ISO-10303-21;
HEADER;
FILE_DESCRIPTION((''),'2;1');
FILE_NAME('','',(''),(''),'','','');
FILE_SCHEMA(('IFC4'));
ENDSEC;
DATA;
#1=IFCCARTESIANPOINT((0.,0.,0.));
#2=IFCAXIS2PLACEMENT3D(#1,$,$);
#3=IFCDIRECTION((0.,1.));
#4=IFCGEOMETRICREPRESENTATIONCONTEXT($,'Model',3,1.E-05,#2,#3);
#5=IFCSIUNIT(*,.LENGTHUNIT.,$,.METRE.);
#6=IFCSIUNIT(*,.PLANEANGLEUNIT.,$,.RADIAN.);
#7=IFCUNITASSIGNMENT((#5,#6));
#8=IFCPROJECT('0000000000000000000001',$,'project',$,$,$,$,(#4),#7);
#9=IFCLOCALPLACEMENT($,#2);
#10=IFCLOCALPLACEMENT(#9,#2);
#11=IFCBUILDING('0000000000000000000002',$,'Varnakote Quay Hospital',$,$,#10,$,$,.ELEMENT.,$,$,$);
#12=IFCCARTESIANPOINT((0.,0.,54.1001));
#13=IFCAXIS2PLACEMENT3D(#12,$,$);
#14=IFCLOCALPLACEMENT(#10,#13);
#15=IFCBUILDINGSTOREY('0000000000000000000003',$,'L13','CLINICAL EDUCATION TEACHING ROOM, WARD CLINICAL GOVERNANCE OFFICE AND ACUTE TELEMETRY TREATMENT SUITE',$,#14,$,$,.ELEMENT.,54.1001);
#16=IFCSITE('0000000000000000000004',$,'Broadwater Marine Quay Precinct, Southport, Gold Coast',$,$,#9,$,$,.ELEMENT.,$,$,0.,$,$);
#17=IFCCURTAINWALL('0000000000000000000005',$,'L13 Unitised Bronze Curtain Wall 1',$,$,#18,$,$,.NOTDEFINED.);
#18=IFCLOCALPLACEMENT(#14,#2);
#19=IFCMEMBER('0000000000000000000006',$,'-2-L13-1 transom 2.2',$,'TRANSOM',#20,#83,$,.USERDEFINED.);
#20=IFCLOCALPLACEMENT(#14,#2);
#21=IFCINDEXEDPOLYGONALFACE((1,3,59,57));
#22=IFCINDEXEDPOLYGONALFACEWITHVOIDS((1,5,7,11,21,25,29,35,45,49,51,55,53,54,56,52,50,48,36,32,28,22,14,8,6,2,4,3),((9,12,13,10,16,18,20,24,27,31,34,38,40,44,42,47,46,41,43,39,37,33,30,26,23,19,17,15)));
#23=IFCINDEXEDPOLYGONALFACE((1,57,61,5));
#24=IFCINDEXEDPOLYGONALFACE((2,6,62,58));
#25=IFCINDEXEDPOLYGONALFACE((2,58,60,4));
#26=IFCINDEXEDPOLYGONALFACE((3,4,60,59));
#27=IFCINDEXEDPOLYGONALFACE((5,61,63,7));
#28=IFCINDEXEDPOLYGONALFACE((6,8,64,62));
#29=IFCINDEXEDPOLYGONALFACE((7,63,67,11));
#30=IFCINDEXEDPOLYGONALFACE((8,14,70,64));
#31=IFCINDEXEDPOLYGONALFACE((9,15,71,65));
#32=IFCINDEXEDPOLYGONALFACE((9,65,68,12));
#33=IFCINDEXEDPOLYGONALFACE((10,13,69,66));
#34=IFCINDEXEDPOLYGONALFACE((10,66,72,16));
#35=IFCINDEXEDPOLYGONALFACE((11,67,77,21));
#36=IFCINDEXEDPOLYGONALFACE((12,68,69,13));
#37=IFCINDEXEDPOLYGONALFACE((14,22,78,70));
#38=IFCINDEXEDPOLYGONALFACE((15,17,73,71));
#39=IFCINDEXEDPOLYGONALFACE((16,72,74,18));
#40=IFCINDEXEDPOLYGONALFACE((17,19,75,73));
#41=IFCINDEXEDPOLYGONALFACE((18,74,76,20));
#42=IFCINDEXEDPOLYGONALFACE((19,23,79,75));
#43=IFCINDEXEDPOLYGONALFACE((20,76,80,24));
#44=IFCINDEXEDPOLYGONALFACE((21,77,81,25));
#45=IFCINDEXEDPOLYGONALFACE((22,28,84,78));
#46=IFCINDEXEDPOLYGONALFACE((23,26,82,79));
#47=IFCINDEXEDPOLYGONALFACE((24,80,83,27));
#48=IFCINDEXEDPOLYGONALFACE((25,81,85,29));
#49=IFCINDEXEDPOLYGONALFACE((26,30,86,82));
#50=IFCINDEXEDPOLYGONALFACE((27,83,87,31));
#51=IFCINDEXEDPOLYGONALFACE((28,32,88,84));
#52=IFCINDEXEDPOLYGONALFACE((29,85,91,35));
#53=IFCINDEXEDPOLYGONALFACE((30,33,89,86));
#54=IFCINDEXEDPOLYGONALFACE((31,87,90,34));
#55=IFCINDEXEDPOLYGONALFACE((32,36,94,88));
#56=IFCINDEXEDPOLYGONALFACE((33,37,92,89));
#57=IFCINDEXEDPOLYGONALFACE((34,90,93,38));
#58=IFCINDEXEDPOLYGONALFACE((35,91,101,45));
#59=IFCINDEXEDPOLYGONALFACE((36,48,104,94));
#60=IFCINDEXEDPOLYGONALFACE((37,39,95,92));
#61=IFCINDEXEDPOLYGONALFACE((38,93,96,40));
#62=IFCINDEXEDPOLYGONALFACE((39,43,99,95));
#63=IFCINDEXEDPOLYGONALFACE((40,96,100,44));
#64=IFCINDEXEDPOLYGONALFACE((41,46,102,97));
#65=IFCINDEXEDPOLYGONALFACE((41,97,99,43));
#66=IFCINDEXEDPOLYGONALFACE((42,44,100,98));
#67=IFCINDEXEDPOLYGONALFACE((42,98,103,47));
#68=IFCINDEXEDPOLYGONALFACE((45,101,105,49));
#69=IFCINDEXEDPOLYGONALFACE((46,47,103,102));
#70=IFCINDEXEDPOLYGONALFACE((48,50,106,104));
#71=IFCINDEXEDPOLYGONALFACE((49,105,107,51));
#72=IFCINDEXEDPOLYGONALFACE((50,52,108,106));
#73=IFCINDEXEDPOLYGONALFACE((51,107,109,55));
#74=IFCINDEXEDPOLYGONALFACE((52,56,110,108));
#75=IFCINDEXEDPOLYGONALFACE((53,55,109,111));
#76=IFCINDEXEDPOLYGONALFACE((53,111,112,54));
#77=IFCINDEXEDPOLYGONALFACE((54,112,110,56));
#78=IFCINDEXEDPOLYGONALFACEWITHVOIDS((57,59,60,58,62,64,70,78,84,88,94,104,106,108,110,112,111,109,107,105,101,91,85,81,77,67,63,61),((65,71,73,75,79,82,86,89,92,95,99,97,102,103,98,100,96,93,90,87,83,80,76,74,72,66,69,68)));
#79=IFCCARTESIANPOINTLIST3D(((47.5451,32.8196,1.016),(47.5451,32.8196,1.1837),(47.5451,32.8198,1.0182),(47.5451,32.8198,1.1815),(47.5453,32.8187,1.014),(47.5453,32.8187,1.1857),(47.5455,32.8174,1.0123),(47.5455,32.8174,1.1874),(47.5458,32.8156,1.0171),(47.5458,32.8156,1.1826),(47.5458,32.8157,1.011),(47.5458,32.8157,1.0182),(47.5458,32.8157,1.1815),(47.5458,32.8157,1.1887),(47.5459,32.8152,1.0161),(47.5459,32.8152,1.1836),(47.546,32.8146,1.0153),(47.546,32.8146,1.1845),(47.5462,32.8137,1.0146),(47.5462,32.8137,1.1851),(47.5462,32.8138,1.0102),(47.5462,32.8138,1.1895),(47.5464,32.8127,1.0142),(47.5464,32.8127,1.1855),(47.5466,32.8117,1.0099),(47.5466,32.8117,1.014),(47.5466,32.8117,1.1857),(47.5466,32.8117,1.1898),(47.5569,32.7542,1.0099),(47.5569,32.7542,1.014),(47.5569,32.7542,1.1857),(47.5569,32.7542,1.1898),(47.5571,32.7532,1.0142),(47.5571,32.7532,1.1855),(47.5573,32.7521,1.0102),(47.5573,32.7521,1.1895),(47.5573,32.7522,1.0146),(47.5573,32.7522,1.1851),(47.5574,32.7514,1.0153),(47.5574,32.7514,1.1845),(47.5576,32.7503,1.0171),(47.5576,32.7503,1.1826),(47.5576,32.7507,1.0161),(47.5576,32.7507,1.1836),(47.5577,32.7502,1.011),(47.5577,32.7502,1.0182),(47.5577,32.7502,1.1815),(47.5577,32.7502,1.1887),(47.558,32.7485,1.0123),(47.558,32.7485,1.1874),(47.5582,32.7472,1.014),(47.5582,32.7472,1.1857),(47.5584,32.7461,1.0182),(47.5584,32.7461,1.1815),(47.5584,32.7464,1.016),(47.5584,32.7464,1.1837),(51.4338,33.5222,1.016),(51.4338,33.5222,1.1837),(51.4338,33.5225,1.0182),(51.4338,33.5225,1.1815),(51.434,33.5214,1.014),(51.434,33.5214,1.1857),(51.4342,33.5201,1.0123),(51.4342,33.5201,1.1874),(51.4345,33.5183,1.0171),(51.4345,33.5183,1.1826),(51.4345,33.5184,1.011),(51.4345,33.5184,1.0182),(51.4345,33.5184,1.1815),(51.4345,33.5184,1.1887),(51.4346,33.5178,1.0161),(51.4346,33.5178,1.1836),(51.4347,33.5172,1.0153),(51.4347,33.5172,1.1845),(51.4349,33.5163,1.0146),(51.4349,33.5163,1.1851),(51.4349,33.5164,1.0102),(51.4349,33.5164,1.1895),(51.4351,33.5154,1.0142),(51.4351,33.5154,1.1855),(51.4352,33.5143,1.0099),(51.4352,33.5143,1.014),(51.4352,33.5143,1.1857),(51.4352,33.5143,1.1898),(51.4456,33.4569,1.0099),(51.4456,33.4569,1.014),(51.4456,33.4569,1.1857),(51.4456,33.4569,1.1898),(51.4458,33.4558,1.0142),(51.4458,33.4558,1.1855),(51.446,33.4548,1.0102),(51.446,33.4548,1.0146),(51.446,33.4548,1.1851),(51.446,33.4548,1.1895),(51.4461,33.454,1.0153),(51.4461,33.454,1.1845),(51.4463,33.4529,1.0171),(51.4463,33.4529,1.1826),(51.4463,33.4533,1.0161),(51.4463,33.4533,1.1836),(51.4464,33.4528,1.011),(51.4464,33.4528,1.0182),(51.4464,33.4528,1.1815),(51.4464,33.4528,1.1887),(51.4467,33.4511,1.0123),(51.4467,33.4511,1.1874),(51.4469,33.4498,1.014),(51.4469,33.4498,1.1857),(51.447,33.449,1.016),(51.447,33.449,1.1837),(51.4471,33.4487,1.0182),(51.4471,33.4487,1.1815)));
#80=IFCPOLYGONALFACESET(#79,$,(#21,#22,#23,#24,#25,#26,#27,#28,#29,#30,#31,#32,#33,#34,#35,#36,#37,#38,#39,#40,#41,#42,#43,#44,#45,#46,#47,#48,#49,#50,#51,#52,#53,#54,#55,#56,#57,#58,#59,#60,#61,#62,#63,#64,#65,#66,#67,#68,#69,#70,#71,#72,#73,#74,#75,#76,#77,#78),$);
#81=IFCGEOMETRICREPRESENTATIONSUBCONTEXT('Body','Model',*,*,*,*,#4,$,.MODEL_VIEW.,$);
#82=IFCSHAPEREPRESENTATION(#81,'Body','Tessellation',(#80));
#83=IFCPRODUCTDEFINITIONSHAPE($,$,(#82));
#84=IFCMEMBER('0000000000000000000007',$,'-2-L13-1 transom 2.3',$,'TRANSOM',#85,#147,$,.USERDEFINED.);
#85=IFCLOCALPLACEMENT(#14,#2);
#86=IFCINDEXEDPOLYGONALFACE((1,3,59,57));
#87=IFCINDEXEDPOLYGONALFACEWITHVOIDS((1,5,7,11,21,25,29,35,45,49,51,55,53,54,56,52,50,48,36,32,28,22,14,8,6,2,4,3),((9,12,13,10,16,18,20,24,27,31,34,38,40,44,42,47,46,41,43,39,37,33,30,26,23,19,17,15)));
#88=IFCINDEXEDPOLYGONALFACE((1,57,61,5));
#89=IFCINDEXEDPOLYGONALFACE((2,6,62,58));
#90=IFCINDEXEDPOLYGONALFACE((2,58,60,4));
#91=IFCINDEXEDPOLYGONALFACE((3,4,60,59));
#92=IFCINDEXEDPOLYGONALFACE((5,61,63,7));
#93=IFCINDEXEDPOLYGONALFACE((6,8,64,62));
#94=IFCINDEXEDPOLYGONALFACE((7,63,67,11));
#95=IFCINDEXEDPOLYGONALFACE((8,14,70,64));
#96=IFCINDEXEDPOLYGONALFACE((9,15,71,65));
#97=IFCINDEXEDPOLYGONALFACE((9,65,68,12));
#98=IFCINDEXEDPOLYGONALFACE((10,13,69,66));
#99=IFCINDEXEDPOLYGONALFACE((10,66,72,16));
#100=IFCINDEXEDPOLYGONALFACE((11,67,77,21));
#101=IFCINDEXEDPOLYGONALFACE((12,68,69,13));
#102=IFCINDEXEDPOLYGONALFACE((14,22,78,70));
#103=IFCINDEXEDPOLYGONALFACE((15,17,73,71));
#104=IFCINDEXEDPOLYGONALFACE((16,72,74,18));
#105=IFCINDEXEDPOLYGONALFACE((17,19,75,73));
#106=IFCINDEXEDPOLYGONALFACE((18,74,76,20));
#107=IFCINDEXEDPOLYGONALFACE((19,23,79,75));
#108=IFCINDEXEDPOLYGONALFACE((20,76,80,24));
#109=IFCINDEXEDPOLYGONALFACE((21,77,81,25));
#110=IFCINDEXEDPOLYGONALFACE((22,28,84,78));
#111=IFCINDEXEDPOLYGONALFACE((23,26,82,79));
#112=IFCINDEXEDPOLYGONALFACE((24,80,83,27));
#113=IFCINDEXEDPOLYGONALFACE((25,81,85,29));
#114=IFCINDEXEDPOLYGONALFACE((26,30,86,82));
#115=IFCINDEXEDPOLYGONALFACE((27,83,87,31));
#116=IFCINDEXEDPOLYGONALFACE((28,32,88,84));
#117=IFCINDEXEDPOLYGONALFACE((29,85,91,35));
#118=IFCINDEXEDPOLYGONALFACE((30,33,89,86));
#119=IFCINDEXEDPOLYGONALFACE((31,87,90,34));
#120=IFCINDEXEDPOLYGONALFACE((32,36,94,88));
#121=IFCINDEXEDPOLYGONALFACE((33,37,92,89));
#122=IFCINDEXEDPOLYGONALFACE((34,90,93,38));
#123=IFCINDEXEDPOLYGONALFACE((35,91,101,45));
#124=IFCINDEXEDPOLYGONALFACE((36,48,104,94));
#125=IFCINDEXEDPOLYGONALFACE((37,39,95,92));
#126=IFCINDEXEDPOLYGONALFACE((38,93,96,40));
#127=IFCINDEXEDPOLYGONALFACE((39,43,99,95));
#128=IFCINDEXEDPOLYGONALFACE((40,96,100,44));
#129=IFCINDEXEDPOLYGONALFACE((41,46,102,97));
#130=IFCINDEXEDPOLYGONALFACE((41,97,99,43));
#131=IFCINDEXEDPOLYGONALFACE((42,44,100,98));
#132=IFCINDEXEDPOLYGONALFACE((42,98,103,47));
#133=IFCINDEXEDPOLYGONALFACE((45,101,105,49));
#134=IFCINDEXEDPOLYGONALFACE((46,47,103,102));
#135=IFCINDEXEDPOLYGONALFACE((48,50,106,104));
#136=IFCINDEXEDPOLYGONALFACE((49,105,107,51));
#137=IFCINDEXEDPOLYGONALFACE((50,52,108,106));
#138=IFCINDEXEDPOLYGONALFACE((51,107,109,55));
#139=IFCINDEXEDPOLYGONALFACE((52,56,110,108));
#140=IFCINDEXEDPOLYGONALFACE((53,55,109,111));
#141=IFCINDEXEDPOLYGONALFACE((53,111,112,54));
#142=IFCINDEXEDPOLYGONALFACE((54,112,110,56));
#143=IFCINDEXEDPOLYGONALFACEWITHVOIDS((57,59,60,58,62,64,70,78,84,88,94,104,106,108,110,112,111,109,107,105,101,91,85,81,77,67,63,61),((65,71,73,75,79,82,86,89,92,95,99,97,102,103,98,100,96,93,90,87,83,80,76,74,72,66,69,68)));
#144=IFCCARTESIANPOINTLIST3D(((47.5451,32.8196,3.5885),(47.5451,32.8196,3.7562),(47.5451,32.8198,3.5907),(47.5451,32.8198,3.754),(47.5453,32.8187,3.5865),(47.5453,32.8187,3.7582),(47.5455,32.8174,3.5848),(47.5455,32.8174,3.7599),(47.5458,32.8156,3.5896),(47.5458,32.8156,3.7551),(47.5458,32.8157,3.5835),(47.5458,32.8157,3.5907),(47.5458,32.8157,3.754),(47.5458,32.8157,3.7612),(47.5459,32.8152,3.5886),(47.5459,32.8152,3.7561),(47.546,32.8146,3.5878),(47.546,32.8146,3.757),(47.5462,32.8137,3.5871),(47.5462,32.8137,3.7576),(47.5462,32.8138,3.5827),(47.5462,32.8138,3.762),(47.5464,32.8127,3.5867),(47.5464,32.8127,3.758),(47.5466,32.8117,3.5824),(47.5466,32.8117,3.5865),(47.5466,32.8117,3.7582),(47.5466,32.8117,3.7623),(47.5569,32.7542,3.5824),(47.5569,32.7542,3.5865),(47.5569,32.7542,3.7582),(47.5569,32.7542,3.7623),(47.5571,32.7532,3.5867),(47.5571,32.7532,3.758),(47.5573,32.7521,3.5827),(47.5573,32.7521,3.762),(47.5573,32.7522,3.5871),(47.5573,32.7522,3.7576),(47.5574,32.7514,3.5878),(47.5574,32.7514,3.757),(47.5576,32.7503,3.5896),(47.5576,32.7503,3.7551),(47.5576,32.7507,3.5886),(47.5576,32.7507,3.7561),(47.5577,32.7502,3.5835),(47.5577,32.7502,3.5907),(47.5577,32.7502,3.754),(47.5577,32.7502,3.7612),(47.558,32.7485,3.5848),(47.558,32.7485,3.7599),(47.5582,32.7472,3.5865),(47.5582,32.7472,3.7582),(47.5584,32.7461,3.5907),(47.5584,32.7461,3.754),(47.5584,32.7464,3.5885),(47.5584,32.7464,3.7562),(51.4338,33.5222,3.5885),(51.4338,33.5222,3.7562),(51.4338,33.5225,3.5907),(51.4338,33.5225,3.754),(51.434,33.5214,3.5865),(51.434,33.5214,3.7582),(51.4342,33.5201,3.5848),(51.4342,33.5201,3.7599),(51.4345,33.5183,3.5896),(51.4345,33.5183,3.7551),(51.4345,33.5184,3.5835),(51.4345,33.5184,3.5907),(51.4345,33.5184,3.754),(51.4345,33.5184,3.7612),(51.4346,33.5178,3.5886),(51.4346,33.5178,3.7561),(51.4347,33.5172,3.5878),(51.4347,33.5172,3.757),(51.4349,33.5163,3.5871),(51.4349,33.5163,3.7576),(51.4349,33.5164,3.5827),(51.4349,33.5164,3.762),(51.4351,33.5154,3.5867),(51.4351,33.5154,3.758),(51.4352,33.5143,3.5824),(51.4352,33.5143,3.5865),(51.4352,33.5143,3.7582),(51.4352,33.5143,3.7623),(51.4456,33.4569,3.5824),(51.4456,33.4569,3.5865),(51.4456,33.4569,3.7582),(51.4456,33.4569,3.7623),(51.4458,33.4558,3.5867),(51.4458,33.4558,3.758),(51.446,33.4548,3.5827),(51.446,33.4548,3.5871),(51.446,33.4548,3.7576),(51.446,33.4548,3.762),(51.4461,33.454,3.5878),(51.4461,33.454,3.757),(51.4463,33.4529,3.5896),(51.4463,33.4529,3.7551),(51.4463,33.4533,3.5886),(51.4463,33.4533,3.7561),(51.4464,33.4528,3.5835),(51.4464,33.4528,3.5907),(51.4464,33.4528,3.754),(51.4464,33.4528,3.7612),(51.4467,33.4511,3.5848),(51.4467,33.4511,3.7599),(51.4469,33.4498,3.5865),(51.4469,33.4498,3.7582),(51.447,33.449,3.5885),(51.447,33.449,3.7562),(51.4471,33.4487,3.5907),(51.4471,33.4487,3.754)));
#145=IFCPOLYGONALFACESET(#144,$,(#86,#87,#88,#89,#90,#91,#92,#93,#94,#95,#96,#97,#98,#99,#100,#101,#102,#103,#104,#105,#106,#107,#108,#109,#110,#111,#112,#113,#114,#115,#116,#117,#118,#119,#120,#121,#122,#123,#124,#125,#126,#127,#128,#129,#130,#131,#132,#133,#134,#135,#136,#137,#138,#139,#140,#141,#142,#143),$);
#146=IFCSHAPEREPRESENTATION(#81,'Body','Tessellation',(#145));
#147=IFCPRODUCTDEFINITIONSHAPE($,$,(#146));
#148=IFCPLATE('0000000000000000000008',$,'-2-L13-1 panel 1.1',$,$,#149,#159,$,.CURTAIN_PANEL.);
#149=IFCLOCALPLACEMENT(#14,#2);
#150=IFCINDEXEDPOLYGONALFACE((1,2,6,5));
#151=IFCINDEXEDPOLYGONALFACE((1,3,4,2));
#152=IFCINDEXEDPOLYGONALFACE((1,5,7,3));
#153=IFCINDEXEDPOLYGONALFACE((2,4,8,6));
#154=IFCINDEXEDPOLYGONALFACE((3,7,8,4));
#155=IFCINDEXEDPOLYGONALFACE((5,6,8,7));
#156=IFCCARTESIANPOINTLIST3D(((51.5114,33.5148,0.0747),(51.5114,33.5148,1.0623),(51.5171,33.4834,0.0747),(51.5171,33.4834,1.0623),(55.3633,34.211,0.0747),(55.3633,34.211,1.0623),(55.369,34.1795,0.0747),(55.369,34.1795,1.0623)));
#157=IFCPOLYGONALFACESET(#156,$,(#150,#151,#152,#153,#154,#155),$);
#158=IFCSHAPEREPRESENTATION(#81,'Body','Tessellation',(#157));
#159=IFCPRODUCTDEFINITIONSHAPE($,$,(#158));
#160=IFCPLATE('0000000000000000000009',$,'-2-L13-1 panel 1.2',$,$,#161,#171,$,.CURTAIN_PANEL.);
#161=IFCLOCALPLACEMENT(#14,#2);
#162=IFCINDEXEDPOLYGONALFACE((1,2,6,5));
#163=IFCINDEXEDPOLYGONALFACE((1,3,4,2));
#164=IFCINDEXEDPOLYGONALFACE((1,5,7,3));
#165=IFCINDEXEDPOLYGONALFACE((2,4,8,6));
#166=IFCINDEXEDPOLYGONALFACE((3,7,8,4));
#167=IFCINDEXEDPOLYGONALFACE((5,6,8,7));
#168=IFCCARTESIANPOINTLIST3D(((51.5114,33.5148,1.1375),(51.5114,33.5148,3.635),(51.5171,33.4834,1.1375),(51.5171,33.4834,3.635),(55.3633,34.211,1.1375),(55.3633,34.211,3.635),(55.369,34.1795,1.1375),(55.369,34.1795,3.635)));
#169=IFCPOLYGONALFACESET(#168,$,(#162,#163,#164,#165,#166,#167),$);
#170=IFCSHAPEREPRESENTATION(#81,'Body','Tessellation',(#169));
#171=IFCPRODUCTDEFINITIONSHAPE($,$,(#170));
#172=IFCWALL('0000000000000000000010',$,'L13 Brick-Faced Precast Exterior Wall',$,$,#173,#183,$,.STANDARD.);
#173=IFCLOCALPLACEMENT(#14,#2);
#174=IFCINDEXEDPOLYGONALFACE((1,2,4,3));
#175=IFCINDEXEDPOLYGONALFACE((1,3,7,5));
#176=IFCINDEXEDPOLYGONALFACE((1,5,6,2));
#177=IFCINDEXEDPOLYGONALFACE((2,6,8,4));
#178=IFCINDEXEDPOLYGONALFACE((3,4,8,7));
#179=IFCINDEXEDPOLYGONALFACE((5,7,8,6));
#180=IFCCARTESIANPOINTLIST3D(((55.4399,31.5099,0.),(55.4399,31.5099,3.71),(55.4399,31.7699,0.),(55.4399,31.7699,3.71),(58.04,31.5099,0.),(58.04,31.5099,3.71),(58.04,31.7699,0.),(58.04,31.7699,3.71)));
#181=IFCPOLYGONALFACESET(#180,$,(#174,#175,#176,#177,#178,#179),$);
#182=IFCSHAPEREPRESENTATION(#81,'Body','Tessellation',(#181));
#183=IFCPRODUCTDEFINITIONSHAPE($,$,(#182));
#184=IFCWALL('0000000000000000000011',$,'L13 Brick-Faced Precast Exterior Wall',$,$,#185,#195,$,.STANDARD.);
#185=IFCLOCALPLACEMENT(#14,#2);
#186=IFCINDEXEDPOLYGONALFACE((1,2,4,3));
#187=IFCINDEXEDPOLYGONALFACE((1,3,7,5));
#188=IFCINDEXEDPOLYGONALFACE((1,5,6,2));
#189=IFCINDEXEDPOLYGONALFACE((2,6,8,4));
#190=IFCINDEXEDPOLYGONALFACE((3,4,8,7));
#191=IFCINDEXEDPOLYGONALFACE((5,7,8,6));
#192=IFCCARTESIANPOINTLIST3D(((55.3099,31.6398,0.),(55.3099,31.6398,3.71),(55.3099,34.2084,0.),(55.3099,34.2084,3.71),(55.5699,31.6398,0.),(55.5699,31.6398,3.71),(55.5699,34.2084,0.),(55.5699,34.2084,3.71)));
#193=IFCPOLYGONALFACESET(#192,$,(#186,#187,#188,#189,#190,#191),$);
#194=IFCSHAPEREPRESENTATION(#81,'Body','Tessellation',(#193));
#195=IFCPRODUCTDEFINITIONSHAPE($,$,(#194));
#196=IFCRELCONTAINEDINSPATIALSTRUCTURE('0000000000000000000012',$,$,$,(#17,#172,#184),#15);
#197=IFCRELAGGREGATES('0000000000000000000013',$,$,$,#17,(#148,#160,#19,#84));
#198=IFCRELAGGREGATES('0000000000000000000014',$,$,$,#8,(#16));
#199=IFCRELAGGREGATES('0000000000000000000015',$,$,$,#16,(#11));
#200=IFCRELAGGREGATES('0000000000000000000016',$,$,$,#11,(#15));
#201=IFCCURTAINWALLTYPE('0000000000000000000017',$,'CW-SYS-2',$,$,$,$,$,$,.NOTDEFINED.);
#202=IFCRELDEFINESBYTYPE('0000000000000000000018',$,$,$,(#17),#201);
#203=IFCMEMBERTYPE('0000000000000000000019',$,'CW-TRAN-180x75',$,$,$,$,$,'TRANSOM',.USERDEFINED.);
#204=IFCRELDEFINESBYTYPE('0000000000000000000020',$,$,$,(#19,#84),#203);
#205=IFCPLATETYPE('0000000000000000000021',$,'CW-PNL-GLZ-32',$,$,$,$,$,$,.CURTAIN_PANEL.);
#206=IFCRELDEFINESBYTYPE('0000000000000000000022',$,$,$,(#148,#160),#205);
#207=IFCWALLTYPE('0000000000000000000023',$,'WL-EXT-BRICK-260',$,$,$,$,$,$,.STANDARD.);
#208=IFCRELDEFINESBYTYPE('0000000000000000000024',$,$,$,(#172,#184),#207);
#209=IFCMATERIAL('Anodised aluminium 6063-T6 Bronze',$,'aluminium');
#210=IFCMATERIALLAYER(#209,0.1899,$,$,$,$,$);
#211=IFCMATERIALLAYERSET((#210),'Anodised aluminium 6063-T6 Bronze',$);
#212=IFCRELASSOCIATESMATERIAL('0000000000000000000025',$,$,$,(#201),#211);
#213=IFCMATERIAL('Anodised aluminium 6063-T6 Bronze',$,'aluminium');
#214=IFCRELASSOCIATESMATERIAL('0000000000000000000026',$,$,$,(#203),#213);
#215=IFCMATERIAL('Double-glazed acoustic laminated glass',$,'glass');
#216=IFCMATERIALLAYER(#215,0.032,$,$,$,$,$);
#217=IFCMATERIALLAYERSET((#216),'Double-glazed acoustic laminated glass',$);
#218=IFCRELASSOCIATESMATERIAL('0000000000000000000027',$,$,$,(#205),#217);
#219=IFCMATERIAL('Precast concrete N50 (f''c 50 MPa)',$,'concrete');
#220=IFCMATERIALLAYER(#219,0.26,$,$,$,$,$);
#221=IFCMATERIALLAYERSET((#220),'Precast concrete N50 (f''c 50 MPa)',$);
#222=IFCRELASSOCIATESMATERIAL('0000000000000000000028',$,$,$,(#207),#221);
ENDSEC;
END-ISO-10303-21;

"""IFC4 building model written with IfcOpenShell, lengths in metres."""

from ifc_helpers import new_model, si_unit, direction, frame, frame_2d, origin, origin_2d, place, context, subcontext, project, spatial, rectangle, hollow_rectangle, extrude, material, layer, layer_set, material_profile, profile_set, type_object, element, aggregate, save


model = new_model("IFC4")

# Units and contexts
model_context = context("Model", 3, precision=1e-05, world=origin(), true_north=direction((0.0, 1.0)))
body_context = subcontext(model_context, "Body", "Model", "MODEL_VIEW")
ifc_project = project(units=[si_unit("LENGTHUNIT", "METRE"), si_unit("PLANEANGLEUNIT", "RADIAN")], contexts=[model_context])

# Site, building, storey
site_placement = place(None, origin())
site = spatial("IfcSite", under=ifc_project, at=site_placement, Name="Broadwater Marine Quay Precinct, Southport, Gold Coast", CompositionType="ELEMENT", RefElevation=0.0)
building_placement = place(site_placement, origin())
building = spatial("IfcBuilding", under=site, at=building_placement, Name="Varnakote Quay Hospital", CompositionType="ELEMENT")
storey_placement = place(building_placement, frame((0.0, 0.0, 54.1001)))
storey = spatial("IfcBuildingStorey", under=building, at=storey_placement, Name="L13", Description="CLINICAL EDUCATION TEACHING ROOM, WARD CLINICAL GOVERNANCE OFFICE AND ACUTE TELEMETRY TREATMENT SUITE", CompositionType="ELEMENT", Elevation=54.1001)

# Curtain wall, members, plates
ifc_material_1 = material(Name="Anodised aluminium 6063-T6 Bronze", Category="aluminium")
ifc_layer_1 = layer(ifc_material_1, 0.1899)
ifc_layer_set_1 = layer_set([ifc_layer_1], Name="Anodised aluminium 6063-T6 Bronze")
curtain_wall_type = type_object("IfcCurtainWallType", Name="CW-SYS-2", PredefinedType="NOTDEFINED", material=ifc_layer_set_1)
curtain_wall_placement = place(storey_placement, origin())
curtain_wall = element("IfcCurtainWall", 1, at=curtain_wall_placement, inside=storey, type_object=curtain_wall_type, Name="L13 Unitised Bronze Curtain Wall 1", PredefinedType="NOTDEFINED")
ifc_material_2 = material(Name="Anodised aluminium 6063-T6 Bronze", Category="aluminium")
ifc_material_profile_1 = material_profile(ifc_material_2, hollow_rectangle(XDim=0.075, YDim=0.1799, WallThickness=0.0042, InnerFilletRadius=0.0042, OuterFilletRadius=0.0083, at=origin_2d()), Name="CW-TRAN-180x75")
ifc_profile_set_1 = profile_set([ifc_material_profile_1], Name="Anodised aluminium 6063-T6 Bronze")
member_type_1 = type_object("IfcMemberType", Name="CW-TRAN-180x75", ElementType="TRANSOM", PredefinedType="USERDEFINED", material=ifc_profile_set_1)
member_1_placement = place(storey_placement, frame((51.4404, 33.4856, 1.0999), z_axis=(-0.984065, -0.177809, 0.0), x_axis=(0.177809, -0.984065, 0.0)))
member_1 = element("IfcMember", 2, at=member_1_placement, type_object=member_type_1, Name="-2-L13-1 transom 2.2", ObjectType="TRANSOM", PredefinedType="USERDEFINED", context=body_context, shape_type="SweptSolid", body=[
    extrude(hollow_rectangle(XDim=0.075, YDim=0.1799, WallThickness=0.0042, InnerFilletRadius=0.0042, OuterFilletRadius=0.0083, at=origin_2d()), origin(), (0.0, 0.0, 1.0), 3.9517),
])
member_2_placement = place(storey_placement, frame((51.4404, 33.4856, 3.6724), z_axis=(-0.984065, -0.177809, 0.0), x_axis=(0.177809, -0.984065, 0.0)))
member_2 = element("IfcMember", 3, at=member_2_placement, type_object=member_type_1, Name="-2-L13-1 transom 2.3", ObjectType="TRANSOM", PredefinedType="USERDEFINED", context=body_context, shape_type="SweptSolid", body=[
    extrude(hollow_rectangle(XDim=0.075, YDim=0.1799, WallThickness=0.0042, InnerFilletRadius=0.0042, OuterFilletRadius=0.0083, at=origin_2d()), origin(), (0.0, 0.0, 1.0), 3.9517),
])
ifc_material_3 = material(Name="Double-glazed acoustic laminated glass", Category="glass")
ifc_layer_2 = layer(ifc_material_3, 0.032)
ifc_layer_set_2 = layer_set([ifc_layer_2], Name="Double-glazed acoustic laminated glass")
plate_type = type_object("IfcPlateType", Name="CW-PNL-GLZ-32", PredefinedType="CURTAIN_PANEL", material=ifc_layer_set_2)
plate_1_placement = place(storey_placement, frame((53.4402, 33.8472, 0.0747), z_axis=(0.0, 0.0, 1.0), x_axis=(-0.984058, -0.177846, 0.0)))
plate_1 = element("IfcPlate", 4, at=plate_1_placement, type_object=plate_type, Name="-2-L13-1 panel 1.1", PredefinedType="CURTAIN_PANEL", context=body_context, shape_type="SweptSolid", body=[
    extrude(rectangle(XDim=3.9143, YDim=0.032, at=origin_2d()), origin(), (0.0, 0.0, 1.0), 0.9875),
])
plate_2_placement = place(storey_placement, frame((53.4402, 33.8472, 1.1375), z_axis=(0.0, 0.0, 1.0), x_axis=(-0.984058, -0.177846, 0.0)))
plate_2 = element("IfcPlate", 5, at=plate_2_placement, type_object=plate_type, Name="-2-L13-1 panel 1.2", PredefinedType="CURTAIN_PANEL", context=body_context, shape_type="SweptSolid", body=[
    extrude(rectangle(XDim=3.9143, YDim=0.032, at=origin_2d()), origin(), (0.0, 0.0, 1.0), 2.4976),
])
aggregate(curtain_wall, [plate_1, plate_2, member_1, member_2])

# Walls
ifc_material_4 = material(Name="Precast concrete N50 (f'c 50 MPa)", Category="concrete")
ifc_layer_3 = layer(ifc_material_4, 0.26)
ifc_layer_set_3 = layer_set([ifc_layer_3], Name="Precast concrete N50 (f'c 50 MPa)")
wall_type_1 = type_object("IfcWallType", Name="WL-EXT-BRICK-260", PredefinedType="STANDARD", material=ifc_layer_set_3)
wall_1_placement = place(storey_placement, frame((58.04, 31.6399, 0.0), z_axis=(0.0, 0.0, 1.0), x_axis=(-1.0, 0.0, 0.0)))
element("IfcWall", 6, at=wall_1_placement, inside=storey, type_object=wall_type_1, Name="L13 Brick-Faced Precast Exterior Wall", PredefinedType="STANDARD", context=body_context, shape_type="SweptSolid", body=[
    extrude(rectangle(XDim=2.6001, YDim=0.26, at=frame_2d((1.3, 0.0))), origin(), (0.0, 0.0, 1.0), 3.71),
])
wall_2_placement = place(storey_placement, frame((55.4399, 31.6399, 0.0), z_axis=(0.0, 0.0, 1.0), x_axis=(0.0, 1.0, 0.0)))
element("IfcWall", 7, at=wall_2_placement, inside=storey, type_object=wall_type_1, Name="L13 Brick-Faced Precast Exterior Wall", PredefinedType="STANDARD", context=body_context, shape_type="SweptSolid", body=[
    extrude(rectangle(XDim=2.5686, YDim=0.26, at=frame_2d((1.2842, 0.0))), origin(), (0.0, 0.0, 1.0), 3.71),
])

save(model, "model.ifc")
